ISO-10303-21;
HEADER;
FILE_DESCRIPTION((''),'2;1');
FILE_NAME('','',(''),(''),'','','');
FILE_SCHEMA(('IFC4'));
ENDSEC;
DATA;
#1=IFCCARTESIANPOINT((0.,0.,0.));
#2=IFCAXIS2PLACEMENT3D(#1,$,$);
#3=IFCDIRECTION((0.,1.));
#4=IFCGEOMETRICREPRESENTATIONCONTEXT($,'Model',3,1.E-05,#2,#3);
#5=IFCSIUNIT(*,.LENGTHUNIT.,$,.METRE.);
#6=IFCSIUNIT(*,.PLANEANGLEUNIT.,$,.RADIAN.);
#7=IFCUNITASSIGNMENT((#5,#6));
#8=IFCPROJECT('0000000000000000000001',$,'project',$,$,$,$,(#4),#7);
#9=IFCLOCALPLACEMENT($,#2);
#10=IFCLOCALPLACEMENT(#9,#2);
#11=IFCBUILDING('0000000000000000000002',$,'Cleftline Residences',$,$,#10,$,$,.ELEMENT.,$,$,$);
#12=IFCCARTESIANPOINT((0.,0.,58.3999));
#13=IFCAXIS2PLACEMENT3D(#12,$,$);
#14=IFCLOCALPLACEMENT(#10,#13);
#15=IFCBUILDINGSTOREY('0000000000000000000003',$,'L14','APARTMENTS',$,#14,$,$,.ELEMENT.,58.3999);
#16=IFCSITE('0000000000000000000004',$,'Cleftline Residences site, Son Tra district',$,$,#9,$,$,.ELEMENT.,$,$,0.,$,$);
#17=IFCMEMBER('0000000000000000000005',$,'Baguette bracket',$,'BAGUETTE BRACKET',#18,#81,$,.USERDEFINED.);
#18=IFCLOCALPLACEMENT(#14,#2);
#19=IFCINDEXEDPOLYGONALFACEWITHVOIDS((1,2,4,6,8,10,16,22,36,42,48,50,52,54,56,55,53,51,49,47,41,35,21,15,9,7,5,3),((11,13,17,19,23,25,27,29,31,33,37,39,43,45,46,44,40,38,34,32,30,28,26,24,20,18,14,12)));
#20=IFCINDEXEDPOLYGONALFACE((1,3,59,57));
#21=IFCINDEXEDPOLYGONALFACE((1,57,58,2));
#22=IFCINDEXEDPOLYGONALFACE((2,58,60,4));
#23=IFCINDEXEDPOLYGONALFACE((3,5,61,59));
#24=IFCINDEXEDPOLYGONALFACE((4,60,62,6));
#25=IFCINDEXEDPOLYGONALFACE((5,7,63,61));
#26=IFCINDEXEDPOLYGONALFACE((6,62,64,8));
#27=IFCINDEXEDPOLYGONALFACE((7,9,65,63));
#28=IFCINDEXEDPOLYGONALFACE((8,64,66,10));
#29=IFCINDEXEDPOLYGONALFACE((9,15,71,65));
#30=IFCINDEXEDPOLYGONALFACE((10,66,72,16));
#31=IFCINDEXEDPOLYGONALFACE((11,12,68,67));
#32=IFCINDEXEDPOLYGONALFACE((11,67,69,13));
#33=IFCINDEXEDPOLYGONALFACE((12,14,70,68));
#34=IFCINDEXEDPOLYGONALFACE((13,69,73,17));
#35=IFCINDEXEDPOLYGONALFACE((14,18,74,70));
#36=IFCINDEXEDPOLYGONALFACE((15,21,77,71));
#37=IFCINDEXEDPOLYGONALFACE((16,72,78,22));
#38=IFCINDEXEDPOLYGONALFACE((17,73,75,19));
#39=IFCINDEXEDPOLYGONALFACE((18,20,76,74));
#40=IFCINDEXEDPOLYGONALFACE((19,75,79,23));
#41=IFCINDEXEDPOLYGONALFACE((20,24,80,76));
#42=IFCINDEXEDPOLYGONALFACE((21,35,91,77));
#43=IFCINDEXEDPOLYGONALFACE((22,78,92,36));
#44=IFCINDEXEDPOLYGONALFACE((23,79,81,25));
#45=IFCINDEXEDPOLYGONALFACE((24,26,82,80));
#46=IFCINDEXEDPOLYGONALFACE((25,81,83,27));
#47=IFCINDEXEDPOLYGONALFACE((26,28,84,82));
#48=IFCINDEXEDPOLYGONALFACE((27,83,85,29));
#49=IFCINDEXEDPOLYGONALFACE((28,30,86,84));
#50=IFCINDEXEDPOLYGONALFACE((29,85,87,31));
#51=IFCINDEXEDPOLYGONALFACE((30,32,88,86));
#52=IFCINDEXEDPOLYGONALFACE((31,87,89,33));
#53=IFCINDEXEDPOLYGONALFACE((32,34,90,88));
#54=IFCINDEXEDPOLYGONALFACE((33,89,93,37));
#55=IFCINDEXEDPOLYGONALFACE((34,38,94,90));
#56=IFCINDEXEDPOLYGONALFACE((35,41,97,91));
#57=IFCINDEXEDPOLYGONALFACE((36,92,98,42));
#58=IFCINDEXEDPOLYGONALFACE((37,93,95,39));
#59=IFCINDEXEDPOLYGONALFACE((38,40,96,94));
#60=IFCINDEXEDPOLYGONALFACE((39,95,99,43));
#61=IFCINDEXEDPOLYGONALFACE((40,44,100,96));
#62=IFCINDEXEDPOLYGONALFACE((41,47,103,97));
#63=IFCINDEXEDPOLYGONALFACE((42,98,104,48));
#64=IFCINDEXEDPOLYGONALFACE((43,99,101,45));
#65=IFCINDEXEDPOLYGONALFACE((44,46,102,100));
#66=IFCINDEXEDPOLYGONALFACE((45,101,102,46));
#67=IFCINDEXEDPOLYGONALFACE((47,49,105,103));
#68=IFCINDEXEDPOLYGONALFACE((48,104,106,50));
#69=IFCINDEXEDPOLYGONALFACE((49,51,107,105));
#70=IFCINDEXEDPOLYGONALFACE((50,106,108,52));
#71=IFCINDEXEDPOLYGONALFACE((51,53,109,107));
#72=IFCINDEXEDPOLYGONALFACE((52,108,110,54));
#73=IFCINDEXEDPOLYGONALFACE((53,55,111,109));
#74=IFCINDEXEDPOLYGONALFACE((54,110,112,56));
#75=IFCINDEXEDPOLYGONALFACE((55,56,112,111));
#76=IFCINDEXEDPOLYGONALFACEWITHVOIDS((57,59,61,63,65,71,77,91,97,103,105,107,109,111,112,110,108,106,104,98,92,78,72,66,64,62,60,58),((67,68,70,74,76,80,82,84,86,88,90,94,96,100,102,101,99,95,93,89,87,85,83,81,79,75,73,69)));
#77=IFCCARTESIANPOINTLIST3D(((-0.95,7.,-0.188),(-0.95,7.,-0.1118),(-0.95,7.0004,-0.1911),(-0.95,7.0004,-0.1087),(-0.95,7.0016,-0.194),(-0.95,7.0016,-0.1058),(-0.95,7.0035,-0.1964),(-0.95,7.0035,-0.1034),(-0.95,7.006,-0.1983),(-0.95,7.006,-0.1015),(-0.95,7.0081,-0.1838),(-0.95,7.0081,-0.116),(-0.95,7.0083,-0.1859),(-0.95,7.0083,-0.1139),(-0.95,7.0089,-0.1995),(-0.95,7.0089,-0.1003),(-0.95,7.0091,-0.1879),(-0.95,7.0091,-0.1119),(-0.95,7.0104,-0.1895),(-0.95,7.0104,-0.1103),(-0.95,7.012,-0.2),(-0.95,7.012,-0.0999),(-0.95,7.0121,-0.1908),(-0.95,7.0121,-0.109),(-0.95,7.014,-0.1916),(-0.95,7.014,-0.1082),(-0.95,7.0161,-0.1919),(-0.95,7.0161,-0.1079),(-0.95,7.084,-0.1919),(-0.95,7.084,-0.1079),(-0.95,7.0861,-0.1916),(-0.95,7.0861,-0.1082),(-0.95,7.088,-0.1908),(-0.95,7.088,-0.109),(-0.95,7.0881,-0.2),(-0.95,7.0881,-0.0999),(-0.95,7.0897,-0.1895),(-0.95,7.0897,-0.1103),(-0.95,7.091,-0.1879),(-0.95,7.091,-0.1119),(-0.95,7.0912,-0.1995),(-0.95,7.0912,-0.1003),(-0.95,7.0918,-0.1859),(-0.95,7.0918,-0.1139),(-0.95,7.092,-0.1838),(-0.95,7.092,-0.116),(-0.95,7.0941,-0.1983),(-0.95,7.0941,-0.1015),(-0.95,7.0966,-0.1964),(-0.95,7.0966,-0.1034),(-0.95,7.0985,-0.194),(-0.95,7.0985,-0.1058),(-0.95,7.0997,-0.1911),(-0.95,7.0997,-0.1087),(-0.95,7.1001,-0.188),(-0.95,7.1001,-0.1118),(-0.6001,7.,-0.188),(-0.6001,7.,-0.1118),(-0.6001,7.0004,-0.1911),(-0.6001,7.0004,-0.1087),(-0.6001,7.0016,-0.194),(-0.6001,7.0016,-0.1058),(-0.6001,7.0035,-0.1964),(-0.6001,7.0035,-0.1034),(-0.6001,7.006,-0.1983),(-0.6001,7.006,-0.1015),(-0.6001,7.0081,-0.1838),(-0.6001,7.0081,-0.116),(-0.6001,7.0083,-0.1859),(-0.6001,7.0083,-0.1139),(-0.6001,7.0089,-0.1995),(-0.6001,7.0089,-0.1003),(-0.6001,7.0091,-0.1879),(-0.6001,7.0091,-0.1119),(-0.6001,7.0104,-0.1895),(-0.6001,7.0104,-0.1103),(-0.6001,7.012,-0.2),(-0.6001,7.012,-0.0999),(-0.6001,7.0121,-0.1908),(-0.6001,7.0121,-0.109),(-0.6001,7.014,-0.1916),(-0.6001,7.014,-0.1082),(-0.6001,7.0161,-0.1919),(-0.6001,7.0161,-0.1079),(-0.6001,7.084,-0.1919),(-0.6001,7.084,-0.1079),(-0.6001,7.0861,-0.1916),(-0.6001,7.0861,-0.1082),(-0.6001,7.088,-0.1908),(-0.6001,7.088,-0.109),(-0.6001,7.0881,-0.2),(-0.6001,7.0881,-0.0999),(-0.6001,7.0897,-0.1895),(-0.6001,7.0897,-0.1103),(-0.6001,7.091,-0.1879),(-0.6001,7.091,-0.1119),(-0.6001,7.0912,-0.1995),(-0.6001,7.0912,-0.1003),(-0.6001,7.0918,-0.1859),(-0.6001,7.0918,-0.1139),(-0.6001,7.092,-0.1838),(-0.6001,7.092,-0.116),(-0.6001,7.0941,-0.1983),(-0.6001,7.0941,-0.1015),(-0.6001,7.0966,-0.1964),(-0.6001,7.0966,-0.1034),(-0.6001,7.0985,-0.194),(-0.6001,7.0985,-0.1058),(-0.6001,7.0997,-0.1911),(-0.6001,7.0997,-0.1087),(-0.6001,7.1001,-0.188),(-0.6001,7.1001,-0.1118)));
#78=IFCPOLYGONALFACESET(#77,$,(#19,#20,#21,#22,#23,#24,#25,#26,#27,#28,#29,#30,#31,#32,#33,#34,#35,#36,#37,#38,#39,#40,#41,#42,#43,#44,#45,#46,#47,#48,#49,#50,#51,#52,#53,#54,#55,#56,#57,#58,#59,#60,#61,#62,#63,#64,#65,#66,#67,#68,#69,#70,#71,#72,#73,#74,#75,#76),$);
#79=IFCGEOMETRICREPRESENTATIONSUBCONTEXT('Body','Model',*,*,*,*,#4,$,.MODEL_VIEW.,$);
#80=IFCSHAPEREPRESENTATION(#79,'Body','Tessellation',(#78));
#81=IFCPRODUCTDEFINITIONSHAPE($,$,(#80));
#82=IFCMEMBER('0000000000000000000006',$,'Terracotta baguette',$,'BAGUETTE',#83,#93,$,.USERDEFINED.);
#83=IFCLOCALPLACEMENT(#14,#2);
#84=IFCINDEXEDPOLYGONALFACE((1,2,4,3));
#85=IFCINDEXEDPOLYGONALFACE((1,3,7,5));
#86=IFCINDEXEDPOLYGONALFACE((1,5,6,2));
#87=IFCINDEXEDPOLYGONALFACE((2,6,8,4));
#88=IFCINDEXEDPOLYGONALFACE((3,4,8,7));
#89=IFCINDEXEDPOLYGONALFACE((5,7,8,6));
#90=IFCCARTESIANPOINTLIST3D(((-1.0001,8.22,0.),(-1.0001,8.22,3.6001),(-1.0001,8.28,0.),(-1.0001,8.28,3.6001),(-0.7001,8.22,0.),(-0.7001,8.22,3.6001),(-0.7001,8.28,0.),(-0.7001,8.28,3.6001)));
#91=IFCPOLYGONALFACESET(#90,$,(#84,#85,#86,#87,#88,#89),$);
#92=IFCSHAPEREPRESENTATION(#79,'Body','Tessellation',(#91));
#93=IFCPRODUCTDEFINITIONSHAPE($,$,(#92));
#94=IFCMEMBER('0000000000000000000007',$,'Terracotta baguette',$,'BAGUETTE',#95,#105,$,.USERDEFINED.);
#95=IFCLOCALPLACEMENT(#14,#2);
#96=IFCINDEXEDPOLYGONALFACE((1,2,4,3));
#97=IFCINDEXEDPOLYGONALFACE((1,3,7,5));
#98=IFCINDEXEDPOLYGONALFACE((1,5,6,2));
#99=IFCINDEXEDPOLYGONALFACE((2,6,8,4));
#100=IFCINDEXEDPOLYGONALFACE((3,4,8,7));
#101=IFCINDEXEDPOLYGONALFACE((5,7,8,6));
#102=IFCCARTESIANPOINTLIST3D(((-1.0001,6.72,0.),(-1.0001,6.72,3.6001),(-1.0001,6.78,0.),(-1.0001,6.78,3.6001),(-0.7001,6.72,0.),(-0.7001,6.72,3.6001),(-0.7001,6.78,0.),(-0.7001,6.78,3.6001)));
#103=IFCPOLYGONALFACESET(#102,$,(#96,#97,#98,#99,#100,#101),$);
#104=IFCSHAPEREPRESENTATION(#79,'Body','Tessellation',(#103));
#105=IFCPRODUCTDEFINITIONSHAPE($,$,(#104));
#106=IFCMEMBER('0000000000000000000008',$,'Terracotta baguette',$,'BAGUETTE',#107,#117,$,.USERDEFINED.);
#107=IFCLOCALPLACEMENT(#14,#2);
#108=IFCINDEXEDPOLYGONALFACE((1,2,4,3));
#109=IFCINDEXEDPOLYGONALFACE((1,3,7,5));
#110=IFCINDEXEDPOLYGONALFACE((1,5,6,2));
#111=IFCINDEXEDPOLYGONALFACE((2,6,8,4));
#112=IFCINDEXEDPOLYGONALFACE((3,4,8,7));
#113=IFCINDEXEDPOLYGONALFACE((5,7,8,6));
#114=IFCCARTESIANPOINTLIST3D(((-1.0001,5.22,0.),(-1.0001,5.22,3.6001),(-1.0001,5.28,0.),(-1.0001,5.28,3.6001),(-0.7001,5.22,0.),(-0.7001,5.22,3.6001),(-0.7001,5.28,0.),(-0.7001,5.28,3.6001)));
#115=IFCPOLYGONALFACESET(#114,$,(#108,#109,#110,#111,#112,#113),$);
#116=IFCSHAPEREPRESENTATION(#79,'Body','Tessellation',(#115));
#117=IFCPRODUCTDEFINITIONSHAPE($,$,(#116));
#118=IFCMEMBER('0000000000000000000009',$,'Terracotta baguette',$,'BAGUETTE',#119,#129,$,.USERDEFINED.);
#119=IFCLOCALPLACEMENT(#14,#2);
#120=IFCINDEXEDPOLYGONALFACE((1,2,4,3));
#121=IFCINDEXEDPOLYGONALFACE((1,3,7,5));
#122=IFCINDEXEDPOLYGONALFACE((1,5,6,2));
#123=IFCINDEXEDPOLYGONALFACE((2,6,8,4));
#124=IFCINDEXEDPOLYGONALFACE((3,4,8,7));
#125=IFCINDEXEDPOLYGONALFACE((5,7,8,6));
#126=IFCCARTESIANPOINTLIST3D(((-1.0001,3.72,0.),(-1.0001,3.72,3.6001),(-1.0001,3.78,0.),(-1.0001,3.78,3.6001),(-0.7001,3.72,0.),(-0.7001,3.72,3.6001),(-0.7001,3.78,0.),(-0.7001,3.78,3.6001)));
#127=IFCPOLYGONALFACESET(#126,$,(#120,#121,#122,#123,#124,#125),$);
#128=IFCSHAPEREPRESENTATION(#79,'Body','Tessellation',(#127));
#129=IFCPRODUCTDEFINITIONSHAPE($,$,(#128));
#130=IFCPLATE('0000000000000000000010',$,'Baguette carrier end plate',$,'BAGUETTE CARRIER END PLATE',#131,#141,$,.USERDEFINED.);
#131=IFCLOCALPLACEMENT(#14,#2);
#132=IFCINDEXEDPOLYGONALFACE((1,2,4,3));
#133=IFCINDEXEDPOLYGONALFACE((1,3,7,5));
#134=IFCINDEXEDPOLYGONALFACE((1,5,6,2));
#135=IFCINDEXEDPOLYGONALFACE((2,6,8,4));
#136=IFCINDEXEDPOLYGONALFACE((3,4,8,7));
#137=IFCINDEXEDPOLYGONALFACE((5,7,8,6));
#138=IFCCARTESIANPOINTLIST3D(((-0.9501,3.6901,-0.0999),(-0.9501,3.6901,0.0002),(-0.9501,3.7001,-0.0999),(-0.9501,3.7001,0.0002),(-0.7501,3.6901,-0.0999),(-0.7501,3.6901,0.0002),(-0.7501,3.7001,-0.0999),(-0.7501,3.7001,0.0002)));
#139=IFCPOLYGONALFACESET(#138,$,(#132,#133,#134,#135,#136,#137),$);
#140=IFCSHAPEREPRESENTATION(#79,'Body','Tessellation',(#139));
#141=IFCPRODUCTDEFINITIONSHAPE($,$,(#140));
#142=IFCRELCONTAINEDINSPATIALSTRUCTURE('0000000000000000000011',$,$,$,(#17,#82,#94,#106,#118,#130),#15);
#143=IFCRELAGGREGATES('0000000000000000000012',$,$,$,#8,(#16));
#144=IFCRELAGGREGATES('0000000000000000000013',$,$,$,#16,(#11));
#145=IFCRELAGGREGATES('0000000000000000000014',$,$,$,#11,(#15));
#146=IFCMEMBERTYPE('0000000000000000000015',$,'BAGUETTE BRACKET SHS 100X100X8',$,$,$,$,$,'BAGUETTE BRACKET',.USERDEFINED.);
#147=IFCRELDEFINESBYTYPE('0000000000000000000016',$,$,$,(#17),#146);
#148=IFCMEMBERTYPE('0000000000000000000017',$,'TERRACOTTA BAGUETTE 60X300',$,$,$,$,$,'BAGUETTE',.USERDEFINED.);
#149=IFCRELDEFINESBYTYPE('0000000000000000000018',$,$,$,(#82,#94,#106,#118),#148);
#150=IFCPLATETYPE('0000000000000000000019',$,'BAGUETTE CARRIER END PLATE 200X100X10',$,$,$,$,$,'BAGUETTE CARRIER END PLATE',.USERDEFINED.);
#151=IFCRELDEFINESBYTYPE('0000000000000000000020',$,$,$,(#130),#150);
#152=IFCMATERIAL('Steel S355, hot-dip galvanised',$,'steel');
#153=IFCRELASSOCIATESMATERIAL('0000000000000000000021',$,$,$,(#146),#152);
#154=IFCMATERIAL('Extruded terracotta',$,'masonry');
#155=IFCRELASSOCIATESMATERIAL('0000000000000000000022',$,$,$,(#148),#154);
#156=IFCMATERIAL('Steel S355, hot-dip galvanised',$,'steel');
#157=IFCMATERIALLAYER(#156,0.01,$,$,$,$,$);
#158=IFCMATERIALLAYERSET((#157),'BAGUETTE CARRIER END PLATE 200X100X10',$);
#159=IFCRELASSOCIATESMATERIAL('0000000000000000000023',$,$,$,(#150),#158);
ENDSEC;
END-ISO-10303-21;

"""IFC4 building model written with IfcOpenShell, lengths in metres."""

from ifc_helpers import new_model, si_unit, direction, frame, origin, origin_2d, place, context, subcontext, project, spatial, rectangle, hollow_rectangle, extrude, material, layer, layer_set, material_profile, profile_set, type_object, element, save


model = new_model("IFC4")

# Units and contexts
model_context = context("Model", 3, precision=1e-05, world=origin(), true_north=direction((0.0, 1.0)))
body_context = subcontext(model_context, "Body", "Model", "MODEL_VIEW")
ifc_project = project(units=[si_unit("LENGTHUNIT", "METRE"), si_unit("PLANEANGLEUNIT", "RADIAN")], contexts=[model_context])

# Site, building, storey
site_placement = place(None, origin())
site = spatial("IfcSite", under=ifc_project, at=site_placement, Name="Cleftline Residences site, Son Tra district", CompositionType="ELEMENT", RefElevation=0.0)
building_placement = place(site_placement, origin())
building = spatial("IfcBuilding", under=site, at=building_placement, Name="Cleftline Residences", CompositionType="ELEMENT")
storey_placement = place(building_placement, frame((0.0, 0.0, 58.3999)))
storey = spatial("IfcBuildingStorey", under=building, at=storey_placement, Name="L14", Description="APARTMENTS", CompositionType="ELEMENT", Elevation=58.3999)

# Members
ifc_material_1 = material(Name="Steel S355, hot-dip galvanised", Category="steel")
ifc_material_profile_1 = material_profile(ifc_material_1, hollow_rectangle(XDim=0.1001, YDim=0.1001, WallThickness=0.0081, InnerFilletRadius=0.0081, OuterFilletRadius=0.012, at=origin_2d()))
ifc_profile_set_1 = profile_set([ifc_material_profile_1], Name="Steel S355, hot-dip galvanised")
member_type_1 = type_object("IfcMemberType", Name="BAGUETTE BRACKET SHS 100X100X8", ElementType="BAGUETTE BRACKET", PredefinedType="USERDEFINED", material=ifc_profile_set_1)
member_placement = place(storey_placement, frame((-0.6001, 7.05, -0.1499), z_axis=(-1.0, 0.0, 0.0), x_axis=(0.0, -1.0, 0.0)))
element("IfcMember", 1, at=member_placement, inside=storey, type_object=member_type_1, Name="Baguette bracket", ObjectType="BAGUETTE BRACKET", PredefinedType="USERDEFINED", context=body_context, shape_type="SweptSolid", body=[
    extrude(hollow_rectangle(XDim=0.1001, YDim=0.1001, WallThickness=0.0081, InnerFilletRadius=0.0081, OuterFilletRadius=0.012, at=origin_2d()), origin(), (0.0, 0.0, 1.0), 0.3499),
])
ifc_material_2 = material(Name="Extruded terracotta", Category="masonry")
ifc_material_profile_2 = material_profile(ifc_material_2, rectangle(XDim=0.0601, YDim=0.3, at=origin_2d()))
ifc_profile_set_2 = profile_set([ifc_material_profile_2], Name="Extruded terracotta")
member_type_2 = type_object("IfcMemberType", Name="TERRACOTTA BAGUETTE 60X300", ElementType="BAGUETTE", PredefinedType="USERDEFINED", material=ifc_profile_set_2)
for number, where, z_axis, x_axis, name in (
    (2, (-0.8501, 8.25, 0.0), (0.0, 0.0, 1.0), (0.0, 1.0, 0.0), "Terracotta baguette"),
    (3, (-0.8501, 6.75, 0.0), (0.0, 0.0, 1.0), (0.0, 1.0, 0.0), "Terracotta baguette"),
    (4, (-0.8501, 5.25, 0.0), (0.0, 0.0, 1.0), (0.0, 1.0, 0.0), "Terracotta baguette"),
    (5, (-0.8501, 3.75, 0.0), (0.0, 0.0, 1.0), (0.0, 1.0, 0.0), "Terracotta baguette"),
):
    element("IfcMember", number, at=place(storey_placement, frame(where, z_axis=z_axis, x_axis=x_axis)), inside=storey, type_object=member_type_2, Name=name, ObjectType="BAGUETTE", PredefinedType="USERDEFINED", context=body_context, shape_type="SweptSolid", body=[
        extrude(rectangle(XDim=0.0601, YDim=0.3, at=origin_2d()), origin(), (0.0, 0.0, 1.0), 3.6001),
    ])

# Plate
ifc_material_3 = material(Name="Steel S355, hot-dip galvanised", Category="steel")
ifc_layer_1 = layer(ifc_material_3, 0.01)
ifc_layer_set_1 = layer_set([ifc_layer_1], Name="BAGUETTE CARRIER END PLATE 200X100X10")
plate_type = type_object("IfcPlateType", Name="BAGUETTE CARRIER END PLATE 200X100X10", ElementType="BAGUETTE CARRIER END PLATE", PredefinedType="USERDEFINED", material=ifc_layer_set_1)
plate_placement = place(storey_placement, frame((-0.8501, 3.6951, -0.0999), z_axis=(0.0, 0.0, 1.0), x_axis=(-1.0, 0.0, 0.0)))
element("IfcPlate", 6, at=plate_placement, inside=storey, type_object=plate_type, Name="Baguette carrier end plate", ObjectType="BAGUETTE CARRIER END PLATE", PredefinedType="USERDEFINED", context=body_context, shape_type="SweptSolid", body=[
    extrude(rectangle(XDim=0.2, YDim=0.01, at=origin_2d()), origin(), (0.0, 0.0, 1.0), 0.1001),
])

save(model, "model.ifc")
